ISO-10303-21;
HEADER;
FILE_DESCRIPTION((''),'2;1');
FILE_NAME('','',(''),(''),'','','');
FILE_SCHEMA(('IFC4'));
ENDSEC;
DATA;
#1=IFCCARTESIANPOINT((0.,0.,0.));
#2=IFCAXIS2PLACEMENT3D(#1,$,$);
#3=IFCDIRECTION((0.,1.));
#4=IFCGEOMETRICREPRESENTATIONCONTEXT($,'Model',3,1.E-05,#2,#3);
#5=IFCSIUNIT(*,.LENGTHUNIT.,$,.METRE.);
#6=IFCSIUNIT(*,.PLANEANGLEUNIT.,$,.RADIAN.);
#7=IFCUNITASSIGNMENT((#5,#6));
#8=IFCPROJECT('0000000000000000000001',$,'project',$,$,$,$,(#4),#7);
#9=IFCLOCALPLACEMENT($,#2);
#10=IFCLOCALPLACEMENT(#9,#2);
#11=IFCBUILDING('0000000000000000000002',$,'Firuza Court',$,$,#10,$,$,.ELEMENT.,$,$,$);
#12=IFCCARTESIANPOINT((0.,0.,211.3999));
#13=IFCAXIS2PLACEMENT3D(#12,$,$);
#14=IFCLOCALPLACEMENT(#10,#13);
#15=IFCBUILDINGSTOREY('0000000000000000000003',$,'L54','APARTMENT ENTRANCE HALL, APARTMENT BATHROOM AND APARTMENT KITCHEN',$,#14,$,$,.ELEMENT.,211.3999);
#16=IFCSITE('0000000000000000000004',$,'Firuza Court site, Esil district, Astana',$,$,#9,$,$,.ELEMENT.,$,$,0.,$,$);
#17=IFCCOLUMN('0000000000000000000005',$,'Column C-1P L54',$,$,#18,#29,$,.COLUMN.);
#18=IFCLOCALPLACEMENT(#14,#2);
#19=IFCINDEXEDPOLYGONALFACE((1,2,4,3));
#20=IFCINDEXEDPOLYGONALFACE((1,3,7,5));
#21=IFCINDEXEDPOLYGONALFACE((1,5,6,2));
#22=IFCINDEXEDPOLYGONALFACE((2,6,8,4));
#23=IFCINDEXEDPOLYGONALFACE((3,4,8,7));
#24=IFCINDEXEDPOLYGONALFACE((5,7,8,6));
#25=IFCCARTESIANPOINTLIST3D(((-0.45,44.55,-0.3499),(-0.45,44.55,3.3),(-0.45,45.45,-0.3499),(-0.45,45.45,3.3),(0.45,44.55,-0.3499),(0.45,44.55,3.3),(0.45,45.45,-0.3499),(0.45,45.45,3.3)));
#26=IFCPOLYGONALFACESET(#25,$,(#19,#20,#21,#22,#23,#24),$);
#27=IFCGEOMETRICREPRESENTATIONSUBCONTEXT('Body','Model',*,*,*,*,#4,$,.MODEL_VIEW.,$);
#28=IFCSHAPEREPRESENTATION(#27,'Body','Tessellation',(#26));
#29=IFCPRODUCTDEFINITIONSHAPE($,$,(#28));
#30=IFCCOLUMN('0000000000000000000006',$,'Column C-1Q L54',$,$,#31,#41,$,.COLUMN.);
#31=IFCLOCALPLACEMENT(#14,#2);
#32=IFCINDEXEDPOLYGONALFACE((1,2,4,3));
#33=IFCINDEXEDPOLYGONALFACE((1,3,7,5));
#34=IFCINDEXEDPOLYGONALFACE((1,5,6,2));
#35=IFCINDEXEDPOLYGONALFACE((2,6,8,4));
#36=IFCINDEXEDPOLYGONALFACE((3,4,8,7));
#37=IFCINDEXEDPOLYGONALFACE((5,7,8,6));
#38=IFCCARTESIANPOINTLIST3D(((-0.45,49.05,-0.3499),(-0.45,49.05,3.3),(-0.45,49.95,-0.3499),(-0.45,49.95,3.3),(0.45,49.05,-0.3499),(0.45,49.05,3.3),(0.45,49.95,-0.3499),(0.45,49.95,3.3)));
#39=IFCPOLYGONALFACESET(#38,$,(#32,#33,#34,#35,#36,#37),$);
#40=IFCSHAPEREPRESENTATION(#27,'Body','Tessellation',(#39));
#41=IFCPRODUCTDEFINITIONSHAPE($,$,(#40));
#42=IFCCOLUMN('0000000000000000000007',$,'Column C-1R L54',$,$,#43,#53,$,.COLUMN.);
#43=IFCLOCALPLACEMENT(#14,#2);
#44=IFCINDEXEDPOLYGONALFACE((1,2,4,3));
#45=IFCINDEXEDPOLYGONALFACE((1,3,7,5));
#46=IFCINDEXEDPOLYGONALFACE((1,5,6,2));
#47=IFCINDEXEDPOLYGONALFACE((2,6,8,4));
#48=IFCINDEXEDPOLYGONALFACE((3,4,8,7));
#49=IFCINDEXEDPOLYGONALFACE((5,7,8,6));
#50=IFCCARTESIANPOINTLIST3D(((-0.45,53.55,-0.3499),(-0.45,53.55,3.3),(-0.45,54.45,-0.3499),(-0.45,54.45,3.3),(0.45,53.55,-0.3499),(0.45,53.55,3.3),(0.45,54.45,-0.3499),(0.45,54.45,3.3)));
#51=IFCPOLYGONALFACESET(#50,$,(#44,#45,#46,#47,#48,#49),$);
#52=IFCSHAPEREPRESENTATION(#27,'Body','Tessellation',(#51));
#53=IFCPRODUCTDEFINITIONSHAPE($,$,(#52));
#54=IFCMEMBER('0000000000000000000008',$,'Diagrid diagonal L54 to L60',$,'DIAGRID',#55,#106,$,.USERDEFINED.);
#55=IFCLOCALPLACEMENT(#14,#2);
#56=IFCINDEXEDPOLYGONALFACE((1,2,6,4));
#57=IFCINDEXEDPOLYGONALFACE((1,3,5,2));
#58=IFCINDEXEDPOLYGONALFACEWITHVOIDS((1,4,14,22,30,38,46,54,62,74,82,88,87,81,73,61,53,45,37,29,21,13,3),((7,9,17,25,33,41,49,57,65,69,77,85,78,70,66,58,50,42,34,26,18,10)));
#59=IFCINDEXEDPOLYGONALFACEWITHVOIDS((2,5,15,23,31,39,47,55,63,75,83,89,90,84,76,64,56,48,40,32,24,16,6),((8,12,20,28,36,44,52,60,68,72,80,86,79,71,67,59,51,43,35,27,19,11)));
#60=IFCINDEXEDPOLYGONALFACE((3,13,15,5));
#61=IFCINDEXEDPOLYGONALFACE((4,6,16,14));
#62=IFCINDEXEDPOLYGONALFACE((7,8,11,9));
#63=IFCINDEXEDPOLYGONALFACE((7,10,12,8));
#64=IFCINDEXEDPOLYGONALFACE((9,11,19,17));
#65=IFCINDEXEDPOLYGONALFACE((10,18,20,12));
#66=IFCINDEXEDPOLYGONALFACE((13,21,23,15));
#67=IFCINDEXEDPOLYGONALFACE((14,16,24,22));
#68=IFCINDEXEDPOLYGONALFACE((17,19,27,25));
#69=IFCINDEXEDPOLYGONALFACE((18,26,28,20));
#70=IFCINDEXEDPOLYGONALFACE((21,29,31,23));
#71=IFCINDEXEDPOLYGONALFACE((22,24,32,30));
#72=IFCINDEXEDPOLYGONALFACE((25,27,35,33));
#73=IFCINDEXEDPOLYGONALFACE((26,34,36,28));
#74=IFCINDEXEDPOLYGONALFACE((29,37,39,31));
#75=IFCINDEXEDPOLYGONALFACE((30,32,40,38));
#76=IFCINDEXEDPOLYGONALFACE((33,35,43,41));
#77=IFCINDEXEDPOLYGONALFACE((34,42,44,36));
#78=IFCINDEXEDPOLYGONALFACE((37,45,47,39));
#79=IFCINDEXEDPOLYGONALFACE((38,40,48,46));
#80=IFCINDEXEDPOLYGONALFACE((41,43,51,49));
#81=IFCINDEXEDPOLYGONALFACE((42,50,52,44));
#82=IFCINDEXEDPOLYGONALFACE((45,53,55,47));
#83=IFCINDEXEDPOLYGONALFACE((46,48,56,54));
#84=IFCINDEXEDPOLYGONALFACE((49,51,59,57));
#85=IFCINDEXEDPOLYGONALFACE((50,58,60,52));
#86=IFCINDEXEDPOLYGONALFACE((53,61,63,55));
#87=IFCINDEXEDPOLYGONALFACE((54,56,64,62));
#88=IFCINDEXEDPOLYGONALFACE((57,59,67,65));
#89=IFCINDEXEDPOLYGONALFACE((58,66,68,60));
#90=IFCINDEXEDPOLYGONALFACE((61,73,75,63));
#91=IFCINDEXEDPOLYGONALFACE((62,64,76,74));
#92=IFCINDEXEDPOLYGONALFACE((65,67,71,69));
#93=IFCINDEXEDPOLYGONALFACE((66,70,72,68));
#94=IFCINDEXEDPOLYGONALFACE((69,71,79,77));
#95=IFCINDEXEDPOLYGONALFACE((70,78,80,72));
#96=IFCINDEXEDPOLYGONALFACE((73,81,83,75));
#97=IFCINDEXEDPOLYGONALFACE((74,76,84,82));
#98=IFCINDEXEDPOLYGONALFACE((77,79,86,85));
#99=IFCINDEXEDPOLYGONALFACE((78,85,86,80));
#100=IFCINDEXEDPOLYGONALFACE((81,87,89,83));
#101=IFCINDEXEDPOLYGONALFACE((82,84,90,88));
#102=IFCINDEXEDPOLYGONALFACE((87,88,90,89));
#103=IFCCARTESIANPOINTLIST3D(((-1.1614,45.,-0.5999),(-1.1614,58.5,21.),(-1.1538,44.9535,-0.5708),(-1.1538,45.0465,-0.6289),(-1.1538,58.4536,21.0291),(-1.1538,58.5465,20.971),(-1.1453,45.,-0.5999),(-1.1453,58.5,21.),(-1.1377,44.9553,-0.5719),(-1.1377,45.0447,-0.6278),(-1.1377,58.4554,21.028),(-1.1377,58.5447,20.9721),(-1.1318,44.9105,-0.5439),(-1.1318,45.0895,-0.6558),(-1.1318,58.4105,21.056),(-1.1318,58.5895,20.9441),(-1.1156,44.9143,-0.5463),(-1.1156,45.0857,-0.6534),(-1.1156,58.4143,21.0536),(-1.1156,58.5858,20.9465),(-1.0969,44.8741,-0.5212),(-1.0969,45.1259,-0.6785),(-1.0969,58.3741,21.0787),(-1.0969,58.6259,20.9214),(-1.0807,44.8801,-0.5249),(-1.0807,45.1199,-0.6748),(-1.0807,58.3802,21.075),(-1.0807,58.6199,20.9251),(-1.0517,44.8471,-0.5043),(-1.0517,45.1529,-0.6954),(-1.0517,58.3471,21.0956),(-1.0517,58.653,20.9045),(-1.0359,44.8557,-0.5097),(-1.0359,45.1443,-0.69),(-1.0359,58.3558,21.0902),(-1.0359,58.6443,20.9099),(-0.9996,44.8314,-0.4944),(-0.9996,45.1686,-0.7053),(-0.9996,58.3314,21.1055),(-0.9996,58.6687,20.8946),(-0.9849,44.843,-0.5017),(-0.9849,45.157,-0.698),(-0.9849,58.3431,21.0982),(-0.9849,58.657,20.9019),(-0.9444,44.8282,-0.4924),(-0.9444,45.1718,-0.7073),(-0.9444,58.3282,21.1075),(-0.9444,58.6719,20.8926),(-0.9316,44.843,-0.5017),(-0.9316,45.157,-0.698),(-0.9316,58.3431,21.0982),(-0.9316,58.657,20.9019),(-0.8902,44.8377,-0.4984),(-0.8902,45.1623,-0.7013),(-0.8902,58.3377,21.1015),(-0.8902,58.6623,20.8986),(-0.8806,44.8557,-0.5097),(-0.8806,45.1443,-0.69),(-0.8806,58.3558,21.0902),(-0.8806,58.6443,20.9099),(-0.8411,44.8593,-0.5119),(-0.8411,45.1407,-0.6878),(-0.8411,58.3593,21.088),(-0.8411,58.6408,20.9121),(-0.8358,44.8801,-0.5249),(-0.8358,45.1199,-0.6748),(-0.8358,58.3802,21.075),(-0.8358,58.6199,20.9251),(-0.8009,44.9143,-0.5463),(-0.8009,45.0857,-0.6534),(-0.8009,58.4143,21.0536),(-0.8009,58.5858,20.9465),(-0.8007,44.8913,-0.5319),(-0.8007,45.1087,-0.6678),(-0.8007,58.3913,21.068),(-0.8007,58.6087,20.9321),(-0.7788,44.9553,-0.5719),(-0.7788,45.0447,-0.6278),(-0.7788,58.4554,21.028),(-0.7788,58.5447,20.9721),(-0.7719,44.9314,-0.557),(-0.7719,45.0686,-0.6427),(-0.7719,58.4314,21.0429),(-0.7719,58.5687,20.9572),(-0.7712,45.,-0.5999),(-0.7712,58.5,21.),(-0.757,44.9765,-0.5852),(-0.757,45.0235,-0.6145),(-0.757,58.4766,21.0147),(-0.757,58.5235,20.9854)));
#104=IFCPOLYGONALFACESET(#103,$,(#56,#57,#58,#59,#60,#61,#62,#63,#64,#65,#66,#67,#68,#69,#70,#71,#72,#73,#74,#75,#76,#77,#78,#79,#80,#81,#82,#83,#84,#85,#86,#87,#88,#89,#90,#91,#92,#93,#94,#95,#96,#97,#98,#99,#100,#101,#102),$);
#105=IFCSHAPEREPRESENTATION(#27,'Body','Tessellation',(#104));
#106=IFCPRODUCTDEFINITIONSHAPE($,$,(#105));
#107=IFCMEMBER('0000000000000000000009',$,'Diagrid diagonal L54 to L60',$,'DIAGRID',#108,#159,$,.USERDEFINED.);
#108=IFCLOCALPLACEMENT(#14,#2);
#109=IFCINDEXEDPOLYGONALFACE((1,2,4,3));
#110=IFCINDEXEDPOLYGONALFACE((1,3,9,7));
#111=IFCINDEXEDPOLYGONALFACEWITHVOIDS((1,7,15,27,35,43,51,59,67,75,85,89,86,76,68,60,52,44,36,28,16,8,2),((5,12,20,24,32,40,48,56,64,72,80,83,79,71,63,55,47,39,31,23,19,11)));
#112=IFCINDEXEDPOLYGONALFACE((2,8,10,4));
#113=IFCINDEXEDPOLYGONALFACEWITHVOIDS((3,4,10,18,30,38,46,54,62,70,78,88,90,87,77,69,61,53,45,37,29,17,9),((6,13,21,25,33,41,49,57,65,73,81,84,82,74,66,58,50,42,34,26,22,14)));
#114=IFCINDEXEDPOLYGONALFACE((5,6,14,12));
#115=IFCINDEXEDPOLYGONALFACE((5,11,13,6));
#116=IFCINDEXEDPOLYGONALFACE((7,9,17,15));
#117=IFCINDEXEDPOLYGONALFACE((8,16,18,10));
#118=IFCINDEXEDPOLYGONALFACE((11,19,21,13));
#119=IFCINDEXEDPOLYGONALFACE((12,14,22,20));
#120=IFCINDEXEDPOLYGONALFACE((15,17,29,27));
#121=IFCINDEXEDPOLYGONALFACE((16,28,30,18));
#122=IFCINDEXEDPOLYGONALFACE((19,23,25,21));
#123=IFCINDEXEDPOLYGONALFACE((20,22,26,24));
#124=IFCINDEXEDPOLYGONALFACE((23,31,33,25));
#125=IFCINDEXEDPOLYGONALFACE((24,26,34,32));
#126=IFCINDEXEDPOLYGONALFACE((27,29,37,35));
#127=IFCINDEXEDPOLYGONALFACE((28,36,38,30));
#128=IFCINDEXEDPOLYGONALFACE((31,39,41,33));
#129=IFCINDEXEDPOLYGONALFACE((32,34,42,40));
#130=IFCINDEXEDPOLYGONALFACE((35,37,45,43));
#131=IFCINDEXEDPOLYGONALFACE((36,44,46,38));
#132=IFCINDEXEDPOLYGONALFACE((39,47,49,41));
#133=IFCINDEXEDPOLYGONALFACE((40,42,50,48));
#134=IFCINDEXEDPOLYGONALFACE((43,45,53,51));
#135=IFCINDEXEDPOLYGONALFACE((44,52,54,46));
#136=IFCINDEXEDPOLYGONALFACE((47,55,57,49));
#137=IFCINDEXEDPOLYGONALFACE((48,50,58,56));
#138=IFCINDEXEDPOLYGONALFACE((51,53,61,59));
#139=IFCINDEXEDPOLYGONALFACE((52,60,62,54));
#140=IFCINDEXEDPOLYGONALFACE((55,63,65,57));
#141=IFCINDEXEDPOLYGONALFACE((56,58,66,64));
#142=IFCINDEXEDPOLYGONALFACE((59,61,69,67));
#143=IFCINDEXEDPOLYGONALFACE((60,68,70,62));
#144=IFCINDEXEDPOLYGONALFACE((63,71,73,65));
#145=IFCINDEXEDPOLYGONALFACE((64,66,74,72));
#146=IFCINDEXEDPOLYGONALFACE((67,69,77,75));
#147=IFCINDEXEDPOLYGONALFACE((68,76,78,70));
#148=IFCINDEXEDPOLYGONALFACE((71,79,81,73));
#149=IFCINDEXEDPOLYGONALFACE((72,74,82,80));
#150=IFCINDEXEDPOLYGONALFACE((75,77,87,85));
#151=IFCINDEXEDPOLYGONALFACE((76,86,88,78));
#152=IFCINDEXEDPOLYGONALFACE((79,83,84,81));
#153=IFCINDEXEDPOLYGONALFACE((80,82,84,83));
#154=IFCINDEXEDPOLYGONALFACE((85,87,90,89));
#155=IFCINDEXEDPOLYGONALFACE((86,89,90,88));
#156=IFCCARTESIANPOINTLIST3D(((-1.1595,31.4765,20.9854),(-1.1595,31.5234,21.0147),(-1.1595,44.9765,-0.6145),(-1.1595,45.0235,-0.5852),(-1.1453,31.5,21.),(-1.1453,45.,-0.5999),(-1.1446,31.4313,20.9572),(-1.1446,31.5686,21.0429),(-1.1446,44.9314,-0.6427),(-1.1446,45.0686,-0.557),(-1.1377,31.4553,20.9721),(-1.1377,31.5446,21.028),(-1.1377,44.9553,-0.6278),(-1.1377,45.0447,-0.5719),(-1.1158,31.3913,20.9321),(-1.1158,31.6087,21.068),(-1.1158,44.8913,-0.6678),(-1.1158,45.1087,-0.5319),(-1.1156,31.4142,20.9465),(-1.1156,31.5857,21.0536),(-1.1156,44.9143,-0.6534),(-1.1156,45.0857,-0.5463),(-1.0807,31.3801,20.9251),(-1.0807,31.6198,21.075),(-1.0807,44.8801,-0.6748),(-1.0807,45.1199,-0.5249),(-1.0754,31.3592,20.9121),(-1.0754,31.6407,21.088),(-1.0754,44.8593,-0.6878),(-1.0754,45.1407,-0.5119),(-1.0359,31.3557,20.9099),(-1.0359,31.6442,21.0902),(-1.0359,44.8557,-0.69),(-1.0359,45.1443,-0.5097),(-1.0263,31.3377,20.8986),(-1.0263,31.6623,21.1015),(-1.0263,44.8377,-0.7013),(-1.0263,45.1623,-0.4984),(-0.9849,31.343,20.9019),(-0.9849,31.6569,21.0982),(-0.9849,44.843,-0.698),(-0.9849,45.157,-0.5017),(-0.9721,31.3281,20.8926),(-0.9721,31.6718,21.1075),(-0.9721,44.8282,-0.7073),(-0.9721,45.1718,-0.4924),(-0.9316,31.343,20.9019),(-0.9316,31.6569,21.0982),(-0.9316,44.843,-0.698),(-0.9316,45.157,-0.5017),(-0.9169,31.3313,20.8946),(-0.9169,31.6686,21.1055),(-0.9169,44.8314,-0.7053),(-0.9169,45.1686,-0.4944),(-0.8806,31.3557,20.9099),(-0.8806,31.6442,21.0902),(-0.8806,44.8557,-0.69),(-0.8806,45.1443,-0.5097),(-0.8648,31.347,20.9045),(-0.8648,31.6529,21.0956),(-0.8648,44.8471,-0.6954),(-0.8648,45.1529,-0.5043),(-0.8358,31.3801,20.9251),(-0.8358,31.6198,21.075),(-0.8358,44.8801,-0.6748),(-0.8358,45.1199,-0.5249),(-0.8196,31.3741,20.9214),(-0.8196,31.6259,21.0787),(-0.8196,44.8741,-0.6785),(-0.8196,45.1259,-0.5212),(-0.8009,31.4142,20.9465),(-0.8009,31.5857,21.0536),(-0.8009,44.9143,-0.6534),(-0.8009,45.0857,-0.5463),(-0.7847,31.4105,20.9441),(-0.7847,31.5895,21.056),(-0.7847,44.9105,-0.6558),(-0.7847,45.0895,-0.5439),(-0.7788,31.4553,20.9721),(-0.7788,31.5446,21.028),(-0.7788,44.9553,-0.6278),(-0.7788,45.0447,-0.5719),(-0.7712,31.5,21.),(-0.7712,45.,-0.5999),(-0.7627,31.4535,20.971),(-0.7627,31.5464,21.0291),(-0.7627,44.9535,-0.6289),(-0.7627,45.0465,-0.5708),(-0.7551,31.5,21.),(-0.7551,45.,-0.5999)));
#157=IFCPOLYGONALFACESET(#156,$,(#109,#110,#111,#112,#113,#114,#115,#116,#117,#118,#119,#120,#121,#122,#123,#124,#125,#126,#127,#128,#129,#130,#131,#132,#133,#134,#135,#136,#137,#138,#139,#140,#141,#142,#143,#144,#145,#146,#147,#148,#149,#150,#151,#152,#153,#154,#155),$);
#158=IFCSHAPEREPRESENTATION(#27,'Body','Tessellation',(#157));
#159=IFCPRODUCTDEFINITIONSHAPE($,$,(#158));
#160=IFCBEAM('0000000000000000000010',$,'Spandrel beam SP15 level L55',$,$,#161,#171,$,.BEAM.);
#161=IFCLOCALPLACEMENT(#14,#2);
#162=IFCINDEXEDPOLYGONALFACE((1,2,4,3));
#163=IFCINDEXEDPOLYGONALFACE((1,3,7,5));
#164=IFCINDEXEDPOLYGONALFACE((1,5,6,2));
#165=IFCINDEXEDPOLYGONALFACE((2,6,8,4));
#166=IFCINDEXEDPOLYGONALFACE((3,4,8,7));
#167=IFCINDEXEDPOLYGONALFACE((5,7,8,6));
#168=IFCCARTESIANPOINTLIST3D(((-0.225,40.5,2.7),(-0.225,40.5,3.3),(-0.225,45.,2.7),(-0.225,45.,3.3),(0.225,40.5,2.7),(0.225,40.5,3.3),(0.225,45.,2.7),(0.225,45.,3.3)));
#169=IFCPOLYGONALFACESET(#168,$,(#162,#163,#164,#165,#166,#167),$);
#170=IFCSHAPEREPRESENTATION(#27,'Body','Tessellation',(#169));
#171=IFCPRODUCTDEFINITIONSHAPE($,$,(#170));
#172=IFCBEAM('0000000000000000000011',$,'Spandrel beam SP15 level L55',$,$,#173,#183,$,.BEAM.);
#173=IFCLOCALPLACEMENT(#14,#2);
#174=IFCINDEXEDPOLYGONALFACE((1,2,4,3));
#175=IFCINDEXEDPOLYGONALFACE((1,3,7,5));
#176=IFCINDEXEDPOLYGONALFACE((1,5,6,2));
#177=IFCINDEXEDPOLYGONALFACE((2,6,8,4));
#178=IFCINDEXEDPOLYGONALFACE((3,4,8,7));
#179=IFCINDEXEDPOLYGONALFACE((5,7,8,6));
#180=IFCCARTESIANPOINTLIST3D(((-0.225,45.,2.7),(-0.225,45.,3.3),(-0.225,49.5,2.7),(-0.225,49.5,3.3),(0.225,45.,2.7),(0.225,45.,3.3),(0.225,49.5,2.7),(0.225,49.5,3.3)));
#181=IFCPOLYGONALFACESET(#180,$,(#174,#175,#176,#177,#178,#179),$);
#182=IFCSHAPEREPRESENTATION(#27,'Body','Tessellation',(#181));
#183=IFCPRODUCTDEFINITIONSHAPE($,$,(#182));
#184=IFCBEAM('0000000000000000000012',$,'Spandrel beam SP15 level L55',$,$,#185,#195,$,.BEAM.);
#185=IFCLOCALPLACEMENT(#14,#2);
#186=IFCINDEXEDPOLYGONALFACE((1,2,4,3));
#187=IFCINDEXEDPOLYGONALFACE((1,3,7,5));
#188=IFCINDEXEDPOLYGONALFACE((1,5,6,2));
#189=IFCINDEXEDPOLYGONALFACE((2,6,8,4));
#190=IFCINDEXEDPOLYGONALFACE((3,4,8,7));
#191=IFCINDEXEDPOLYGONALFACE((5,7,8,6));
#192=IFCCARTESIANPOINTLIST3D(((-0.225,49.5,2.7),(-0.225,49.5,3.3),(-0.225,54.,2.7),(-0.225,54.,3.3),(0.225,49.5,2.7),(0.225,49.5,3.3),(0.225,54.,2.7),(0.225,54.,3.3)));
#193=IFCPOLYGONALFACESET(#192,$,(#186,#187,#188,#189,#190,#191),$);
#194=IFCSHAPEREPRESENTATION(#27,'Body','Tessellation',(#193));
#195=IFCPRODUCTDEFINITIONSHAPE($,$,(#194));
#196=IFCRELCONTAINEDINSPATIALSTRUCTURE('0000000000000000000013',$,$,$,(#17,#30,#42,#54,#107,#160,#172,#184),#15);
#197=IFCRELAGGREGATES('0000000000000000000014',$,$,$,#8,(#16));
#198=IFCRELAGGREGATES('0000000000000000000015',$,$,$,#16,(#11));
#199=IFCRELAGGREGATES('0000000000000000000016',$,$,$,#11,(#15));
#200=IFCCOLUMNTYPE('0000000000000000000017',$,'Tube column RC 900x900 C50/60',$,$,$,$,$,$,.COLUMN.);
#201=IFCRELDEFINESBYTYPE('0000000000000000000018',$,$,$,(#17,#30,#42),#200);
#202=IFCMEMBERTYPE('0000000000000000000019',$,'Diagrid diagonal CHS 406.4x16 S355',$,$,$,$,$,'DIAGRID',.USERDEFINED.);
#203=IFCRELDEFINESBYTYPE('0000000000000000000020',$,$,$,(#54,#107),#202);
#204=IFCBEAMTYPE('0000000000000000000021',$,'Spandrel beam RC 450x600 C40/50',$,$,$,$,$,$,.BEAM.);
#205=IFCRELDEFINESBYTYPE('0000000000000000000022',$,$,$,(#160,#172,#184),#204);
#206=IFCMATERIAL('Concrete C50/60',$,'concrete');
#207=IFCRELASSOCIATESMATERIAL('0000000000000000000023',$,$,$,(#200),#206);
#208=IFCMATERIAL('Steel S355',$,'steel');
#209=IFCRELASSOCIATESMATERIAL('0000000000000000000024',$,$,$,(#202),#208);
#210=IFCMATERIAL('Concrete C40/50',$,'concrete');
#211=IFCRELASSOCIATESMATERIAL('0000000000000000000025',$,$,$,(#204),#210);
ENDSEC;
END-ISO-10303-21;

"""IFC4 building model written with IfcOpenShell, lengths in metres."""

from ifc_helpers import new_model, si_unit, direction, frame, origin, origin_2d, place, context, subcontext, project, spatial, rectangle, hollow_circle, extrude, material, material_profile, profile_set, type_object, element, save


model = new_model("IFC4")

# Units and contexts
model_context = context("Model", 3, precision=1e-05, world=origin(), true_north=direction((0.0, 1.0)))
body_context = subcontext(model_context, "Body", "Model", "MODEL_VIEW")
ifc_project = project(units=[si_unit("LENGTHUNIT", "METRE"), si_unit("PLANEANGLEUNIT", "RADIAN")], contexts=[model_context])

# Site, building, storey
site_placement = place(None, origin())
site = spatial("IfcSite", under=ifc_project, at=site_placement, Name="Firuza Court site, Esil district, Astana", CompositionType="ELEMENT", RefElevation=0.0)
building_placement = place(site_placement, origin())
building = spatial("IfcBuilding", under=site, at=building_placement, Name="Firuza Court", CompositionType="ELEMENT")
storey_placement = place(building_placement, frame((0.0, 0.0, 211.3999)))
storey = spatial("IfcBuildingStorey", under=building, at=storey_placement, Name="L54", Description="APARTMENT ENTRANCE HALL, APARTMENT BATHROOM AND APARTMENT KITCHEN", CompositionType="ELEMENT", Elevation=211.3999)

# Columns
ifc_material_1 = material(Name="Concrete C50/60", Category="concrete")
ifc_material_profile_1 = material_profile(ifc_material_1, rectangle(XDim=0.8999, YDim=0.8999, at=origin_2d()), Name="RC 900x900")
ifc_profile_set_1 = profile_set([ifc_material_profile_1], Name="Concrete C50/60")
column_type = type_object("IfcColumnType", Name="Tube column RC 900x900 C50/60", PredefinedType="COLUMN", material=ifc_profile_set_1)
for number, where, z_axis, x_axis, name in (
    (1, (0.0, 45.0, -0.3499), (0.0, 0.0, 1.0), (1.0, 0.0, 0.0), "Column C-1P L54"),
    (2, (0.0, 49.5, -0.3499), (0.0, 0.0, 1.0), (1.0, 0.0, 0.0), "Column C-1Q L54"),
    (3, (0.0, 54.0, -0.3499), (0.0, 0.0, 1.0), (1.0, 0.0, 0.0), "Column C-1R L54"),
):
    element("IfcColumn", number, at=place(storey_placement, frame(where, z_axis=z_axis, x_axis=x_axis)), inside=storey, type_object=column_type, Name=name, PredefinedType="COLUMN", context=body_context, shape_type="SweptSolid", body=[
        extrude(rectangle(XDim=0.8999, YDim=0.8999, at=origin_2d()), origin(), (0.0, 0.0, 1.0), 3.6499),
    ])

# Members
ifc_material_2 = material(Name="Steel S355", Category="steel")
ifc_material_profile_2 = material_profile(ifc_material_2, hollow_circle(Radius=0.2031, WallThickness=0.0161, at=origin_2d()), Name="CHS 406.4x16")
ifc_profile_set_2 = profile_set([ifc_material_profile_2], Name="Steel S355")
member_type = type_object("IfcMemberType", Name="Diagrid diagonal CHS 406.4x16 S355", ElementType="DIAGRID", PredefinedType="USERDEFINED", material=ifc_profile_set_2)
for number, where, z_axis, x_axis, name in (
    (4, (-0.9583, 45.0, -0.5999), (0.0, 0.530002, 0.847997), (-1.0, 0.0, 0.0), "Diagrid diagonal L54 to L60"),
    (5, (-0.9583, 45.0, -0.5999), (0.0, -0.530002, 0.847997), (1.0, 0.0, 0.0), "Diagrid diagonal L54 to L60"),
):
    element("IfcMember", number, at=place(storey_placement, frame(where, z_axis=z_axis, x_axis=x_axis)), inside=storey, type_object=member_type, Name=name, ObjectType="DIAGRID", PredefinedType="USERDEFINED", context=body_context, shape_type="SweptSolid", body=[
        extrude(hollow_circle(Radius=0.2031, WallThickness=0.0161, at=origin_2d()), origin(), (0.0, 0.0, 1.0), 25.4717),
    ])

# Beams
ifc_material_3 = material(Name="Concrete C40/50", Category="concrete")
ifc_material_profile_3 = material_profile(ifc_material_3, rectangle(XDim=0.45, YDim=0.6001, at=origin_2d()), Name="RC 450x600")
ifc_profile_set_3 = profile_set([ifc_material_profile_3], Name="Concrete C40/50")
beam_type = type_object("IfcBeamType", Name="Spandrel beam RC 450x600 C40/50", PredefinedType="BEAM", material=ifc_profile_set_3)
for number, where, z_axis, x_axis, name in (
    (6, (0.0, 45.0, 3.0), (0.0, -1.0, 0.0), (1.0, 0.0, 0.0), "Spandrel beam SP15 level L55"),
    (7, (0.0, 49.5, 3.0), (0.0, -1.0, 0.0), (1.0, 0.0, 0.0), "Spandrel beam SP15 level L55"),
    (8, (0.0, 54.0, 3.0), (0.0, -1.0, 0.0), (1.0, 0.0, 0.0), "Spandrel beam SP15 level L55"),
):
    element("IfcBeam", number, at=place(storey_placement, frame(where, z_axis=z_axis, x_axis=x_axis)), inside=storey, type_object=beam_type, Name=name, PredefinedType="BEAM", context=body_context, shape_type="SweptSolid", body=[
        extrude(rectangle(XDim=0.45, YDim=0.6001, at=origin_2d()), origin(), (0.0, 0.0, 1.0), 4.5),
    ])

save(model, "model.ifc")
